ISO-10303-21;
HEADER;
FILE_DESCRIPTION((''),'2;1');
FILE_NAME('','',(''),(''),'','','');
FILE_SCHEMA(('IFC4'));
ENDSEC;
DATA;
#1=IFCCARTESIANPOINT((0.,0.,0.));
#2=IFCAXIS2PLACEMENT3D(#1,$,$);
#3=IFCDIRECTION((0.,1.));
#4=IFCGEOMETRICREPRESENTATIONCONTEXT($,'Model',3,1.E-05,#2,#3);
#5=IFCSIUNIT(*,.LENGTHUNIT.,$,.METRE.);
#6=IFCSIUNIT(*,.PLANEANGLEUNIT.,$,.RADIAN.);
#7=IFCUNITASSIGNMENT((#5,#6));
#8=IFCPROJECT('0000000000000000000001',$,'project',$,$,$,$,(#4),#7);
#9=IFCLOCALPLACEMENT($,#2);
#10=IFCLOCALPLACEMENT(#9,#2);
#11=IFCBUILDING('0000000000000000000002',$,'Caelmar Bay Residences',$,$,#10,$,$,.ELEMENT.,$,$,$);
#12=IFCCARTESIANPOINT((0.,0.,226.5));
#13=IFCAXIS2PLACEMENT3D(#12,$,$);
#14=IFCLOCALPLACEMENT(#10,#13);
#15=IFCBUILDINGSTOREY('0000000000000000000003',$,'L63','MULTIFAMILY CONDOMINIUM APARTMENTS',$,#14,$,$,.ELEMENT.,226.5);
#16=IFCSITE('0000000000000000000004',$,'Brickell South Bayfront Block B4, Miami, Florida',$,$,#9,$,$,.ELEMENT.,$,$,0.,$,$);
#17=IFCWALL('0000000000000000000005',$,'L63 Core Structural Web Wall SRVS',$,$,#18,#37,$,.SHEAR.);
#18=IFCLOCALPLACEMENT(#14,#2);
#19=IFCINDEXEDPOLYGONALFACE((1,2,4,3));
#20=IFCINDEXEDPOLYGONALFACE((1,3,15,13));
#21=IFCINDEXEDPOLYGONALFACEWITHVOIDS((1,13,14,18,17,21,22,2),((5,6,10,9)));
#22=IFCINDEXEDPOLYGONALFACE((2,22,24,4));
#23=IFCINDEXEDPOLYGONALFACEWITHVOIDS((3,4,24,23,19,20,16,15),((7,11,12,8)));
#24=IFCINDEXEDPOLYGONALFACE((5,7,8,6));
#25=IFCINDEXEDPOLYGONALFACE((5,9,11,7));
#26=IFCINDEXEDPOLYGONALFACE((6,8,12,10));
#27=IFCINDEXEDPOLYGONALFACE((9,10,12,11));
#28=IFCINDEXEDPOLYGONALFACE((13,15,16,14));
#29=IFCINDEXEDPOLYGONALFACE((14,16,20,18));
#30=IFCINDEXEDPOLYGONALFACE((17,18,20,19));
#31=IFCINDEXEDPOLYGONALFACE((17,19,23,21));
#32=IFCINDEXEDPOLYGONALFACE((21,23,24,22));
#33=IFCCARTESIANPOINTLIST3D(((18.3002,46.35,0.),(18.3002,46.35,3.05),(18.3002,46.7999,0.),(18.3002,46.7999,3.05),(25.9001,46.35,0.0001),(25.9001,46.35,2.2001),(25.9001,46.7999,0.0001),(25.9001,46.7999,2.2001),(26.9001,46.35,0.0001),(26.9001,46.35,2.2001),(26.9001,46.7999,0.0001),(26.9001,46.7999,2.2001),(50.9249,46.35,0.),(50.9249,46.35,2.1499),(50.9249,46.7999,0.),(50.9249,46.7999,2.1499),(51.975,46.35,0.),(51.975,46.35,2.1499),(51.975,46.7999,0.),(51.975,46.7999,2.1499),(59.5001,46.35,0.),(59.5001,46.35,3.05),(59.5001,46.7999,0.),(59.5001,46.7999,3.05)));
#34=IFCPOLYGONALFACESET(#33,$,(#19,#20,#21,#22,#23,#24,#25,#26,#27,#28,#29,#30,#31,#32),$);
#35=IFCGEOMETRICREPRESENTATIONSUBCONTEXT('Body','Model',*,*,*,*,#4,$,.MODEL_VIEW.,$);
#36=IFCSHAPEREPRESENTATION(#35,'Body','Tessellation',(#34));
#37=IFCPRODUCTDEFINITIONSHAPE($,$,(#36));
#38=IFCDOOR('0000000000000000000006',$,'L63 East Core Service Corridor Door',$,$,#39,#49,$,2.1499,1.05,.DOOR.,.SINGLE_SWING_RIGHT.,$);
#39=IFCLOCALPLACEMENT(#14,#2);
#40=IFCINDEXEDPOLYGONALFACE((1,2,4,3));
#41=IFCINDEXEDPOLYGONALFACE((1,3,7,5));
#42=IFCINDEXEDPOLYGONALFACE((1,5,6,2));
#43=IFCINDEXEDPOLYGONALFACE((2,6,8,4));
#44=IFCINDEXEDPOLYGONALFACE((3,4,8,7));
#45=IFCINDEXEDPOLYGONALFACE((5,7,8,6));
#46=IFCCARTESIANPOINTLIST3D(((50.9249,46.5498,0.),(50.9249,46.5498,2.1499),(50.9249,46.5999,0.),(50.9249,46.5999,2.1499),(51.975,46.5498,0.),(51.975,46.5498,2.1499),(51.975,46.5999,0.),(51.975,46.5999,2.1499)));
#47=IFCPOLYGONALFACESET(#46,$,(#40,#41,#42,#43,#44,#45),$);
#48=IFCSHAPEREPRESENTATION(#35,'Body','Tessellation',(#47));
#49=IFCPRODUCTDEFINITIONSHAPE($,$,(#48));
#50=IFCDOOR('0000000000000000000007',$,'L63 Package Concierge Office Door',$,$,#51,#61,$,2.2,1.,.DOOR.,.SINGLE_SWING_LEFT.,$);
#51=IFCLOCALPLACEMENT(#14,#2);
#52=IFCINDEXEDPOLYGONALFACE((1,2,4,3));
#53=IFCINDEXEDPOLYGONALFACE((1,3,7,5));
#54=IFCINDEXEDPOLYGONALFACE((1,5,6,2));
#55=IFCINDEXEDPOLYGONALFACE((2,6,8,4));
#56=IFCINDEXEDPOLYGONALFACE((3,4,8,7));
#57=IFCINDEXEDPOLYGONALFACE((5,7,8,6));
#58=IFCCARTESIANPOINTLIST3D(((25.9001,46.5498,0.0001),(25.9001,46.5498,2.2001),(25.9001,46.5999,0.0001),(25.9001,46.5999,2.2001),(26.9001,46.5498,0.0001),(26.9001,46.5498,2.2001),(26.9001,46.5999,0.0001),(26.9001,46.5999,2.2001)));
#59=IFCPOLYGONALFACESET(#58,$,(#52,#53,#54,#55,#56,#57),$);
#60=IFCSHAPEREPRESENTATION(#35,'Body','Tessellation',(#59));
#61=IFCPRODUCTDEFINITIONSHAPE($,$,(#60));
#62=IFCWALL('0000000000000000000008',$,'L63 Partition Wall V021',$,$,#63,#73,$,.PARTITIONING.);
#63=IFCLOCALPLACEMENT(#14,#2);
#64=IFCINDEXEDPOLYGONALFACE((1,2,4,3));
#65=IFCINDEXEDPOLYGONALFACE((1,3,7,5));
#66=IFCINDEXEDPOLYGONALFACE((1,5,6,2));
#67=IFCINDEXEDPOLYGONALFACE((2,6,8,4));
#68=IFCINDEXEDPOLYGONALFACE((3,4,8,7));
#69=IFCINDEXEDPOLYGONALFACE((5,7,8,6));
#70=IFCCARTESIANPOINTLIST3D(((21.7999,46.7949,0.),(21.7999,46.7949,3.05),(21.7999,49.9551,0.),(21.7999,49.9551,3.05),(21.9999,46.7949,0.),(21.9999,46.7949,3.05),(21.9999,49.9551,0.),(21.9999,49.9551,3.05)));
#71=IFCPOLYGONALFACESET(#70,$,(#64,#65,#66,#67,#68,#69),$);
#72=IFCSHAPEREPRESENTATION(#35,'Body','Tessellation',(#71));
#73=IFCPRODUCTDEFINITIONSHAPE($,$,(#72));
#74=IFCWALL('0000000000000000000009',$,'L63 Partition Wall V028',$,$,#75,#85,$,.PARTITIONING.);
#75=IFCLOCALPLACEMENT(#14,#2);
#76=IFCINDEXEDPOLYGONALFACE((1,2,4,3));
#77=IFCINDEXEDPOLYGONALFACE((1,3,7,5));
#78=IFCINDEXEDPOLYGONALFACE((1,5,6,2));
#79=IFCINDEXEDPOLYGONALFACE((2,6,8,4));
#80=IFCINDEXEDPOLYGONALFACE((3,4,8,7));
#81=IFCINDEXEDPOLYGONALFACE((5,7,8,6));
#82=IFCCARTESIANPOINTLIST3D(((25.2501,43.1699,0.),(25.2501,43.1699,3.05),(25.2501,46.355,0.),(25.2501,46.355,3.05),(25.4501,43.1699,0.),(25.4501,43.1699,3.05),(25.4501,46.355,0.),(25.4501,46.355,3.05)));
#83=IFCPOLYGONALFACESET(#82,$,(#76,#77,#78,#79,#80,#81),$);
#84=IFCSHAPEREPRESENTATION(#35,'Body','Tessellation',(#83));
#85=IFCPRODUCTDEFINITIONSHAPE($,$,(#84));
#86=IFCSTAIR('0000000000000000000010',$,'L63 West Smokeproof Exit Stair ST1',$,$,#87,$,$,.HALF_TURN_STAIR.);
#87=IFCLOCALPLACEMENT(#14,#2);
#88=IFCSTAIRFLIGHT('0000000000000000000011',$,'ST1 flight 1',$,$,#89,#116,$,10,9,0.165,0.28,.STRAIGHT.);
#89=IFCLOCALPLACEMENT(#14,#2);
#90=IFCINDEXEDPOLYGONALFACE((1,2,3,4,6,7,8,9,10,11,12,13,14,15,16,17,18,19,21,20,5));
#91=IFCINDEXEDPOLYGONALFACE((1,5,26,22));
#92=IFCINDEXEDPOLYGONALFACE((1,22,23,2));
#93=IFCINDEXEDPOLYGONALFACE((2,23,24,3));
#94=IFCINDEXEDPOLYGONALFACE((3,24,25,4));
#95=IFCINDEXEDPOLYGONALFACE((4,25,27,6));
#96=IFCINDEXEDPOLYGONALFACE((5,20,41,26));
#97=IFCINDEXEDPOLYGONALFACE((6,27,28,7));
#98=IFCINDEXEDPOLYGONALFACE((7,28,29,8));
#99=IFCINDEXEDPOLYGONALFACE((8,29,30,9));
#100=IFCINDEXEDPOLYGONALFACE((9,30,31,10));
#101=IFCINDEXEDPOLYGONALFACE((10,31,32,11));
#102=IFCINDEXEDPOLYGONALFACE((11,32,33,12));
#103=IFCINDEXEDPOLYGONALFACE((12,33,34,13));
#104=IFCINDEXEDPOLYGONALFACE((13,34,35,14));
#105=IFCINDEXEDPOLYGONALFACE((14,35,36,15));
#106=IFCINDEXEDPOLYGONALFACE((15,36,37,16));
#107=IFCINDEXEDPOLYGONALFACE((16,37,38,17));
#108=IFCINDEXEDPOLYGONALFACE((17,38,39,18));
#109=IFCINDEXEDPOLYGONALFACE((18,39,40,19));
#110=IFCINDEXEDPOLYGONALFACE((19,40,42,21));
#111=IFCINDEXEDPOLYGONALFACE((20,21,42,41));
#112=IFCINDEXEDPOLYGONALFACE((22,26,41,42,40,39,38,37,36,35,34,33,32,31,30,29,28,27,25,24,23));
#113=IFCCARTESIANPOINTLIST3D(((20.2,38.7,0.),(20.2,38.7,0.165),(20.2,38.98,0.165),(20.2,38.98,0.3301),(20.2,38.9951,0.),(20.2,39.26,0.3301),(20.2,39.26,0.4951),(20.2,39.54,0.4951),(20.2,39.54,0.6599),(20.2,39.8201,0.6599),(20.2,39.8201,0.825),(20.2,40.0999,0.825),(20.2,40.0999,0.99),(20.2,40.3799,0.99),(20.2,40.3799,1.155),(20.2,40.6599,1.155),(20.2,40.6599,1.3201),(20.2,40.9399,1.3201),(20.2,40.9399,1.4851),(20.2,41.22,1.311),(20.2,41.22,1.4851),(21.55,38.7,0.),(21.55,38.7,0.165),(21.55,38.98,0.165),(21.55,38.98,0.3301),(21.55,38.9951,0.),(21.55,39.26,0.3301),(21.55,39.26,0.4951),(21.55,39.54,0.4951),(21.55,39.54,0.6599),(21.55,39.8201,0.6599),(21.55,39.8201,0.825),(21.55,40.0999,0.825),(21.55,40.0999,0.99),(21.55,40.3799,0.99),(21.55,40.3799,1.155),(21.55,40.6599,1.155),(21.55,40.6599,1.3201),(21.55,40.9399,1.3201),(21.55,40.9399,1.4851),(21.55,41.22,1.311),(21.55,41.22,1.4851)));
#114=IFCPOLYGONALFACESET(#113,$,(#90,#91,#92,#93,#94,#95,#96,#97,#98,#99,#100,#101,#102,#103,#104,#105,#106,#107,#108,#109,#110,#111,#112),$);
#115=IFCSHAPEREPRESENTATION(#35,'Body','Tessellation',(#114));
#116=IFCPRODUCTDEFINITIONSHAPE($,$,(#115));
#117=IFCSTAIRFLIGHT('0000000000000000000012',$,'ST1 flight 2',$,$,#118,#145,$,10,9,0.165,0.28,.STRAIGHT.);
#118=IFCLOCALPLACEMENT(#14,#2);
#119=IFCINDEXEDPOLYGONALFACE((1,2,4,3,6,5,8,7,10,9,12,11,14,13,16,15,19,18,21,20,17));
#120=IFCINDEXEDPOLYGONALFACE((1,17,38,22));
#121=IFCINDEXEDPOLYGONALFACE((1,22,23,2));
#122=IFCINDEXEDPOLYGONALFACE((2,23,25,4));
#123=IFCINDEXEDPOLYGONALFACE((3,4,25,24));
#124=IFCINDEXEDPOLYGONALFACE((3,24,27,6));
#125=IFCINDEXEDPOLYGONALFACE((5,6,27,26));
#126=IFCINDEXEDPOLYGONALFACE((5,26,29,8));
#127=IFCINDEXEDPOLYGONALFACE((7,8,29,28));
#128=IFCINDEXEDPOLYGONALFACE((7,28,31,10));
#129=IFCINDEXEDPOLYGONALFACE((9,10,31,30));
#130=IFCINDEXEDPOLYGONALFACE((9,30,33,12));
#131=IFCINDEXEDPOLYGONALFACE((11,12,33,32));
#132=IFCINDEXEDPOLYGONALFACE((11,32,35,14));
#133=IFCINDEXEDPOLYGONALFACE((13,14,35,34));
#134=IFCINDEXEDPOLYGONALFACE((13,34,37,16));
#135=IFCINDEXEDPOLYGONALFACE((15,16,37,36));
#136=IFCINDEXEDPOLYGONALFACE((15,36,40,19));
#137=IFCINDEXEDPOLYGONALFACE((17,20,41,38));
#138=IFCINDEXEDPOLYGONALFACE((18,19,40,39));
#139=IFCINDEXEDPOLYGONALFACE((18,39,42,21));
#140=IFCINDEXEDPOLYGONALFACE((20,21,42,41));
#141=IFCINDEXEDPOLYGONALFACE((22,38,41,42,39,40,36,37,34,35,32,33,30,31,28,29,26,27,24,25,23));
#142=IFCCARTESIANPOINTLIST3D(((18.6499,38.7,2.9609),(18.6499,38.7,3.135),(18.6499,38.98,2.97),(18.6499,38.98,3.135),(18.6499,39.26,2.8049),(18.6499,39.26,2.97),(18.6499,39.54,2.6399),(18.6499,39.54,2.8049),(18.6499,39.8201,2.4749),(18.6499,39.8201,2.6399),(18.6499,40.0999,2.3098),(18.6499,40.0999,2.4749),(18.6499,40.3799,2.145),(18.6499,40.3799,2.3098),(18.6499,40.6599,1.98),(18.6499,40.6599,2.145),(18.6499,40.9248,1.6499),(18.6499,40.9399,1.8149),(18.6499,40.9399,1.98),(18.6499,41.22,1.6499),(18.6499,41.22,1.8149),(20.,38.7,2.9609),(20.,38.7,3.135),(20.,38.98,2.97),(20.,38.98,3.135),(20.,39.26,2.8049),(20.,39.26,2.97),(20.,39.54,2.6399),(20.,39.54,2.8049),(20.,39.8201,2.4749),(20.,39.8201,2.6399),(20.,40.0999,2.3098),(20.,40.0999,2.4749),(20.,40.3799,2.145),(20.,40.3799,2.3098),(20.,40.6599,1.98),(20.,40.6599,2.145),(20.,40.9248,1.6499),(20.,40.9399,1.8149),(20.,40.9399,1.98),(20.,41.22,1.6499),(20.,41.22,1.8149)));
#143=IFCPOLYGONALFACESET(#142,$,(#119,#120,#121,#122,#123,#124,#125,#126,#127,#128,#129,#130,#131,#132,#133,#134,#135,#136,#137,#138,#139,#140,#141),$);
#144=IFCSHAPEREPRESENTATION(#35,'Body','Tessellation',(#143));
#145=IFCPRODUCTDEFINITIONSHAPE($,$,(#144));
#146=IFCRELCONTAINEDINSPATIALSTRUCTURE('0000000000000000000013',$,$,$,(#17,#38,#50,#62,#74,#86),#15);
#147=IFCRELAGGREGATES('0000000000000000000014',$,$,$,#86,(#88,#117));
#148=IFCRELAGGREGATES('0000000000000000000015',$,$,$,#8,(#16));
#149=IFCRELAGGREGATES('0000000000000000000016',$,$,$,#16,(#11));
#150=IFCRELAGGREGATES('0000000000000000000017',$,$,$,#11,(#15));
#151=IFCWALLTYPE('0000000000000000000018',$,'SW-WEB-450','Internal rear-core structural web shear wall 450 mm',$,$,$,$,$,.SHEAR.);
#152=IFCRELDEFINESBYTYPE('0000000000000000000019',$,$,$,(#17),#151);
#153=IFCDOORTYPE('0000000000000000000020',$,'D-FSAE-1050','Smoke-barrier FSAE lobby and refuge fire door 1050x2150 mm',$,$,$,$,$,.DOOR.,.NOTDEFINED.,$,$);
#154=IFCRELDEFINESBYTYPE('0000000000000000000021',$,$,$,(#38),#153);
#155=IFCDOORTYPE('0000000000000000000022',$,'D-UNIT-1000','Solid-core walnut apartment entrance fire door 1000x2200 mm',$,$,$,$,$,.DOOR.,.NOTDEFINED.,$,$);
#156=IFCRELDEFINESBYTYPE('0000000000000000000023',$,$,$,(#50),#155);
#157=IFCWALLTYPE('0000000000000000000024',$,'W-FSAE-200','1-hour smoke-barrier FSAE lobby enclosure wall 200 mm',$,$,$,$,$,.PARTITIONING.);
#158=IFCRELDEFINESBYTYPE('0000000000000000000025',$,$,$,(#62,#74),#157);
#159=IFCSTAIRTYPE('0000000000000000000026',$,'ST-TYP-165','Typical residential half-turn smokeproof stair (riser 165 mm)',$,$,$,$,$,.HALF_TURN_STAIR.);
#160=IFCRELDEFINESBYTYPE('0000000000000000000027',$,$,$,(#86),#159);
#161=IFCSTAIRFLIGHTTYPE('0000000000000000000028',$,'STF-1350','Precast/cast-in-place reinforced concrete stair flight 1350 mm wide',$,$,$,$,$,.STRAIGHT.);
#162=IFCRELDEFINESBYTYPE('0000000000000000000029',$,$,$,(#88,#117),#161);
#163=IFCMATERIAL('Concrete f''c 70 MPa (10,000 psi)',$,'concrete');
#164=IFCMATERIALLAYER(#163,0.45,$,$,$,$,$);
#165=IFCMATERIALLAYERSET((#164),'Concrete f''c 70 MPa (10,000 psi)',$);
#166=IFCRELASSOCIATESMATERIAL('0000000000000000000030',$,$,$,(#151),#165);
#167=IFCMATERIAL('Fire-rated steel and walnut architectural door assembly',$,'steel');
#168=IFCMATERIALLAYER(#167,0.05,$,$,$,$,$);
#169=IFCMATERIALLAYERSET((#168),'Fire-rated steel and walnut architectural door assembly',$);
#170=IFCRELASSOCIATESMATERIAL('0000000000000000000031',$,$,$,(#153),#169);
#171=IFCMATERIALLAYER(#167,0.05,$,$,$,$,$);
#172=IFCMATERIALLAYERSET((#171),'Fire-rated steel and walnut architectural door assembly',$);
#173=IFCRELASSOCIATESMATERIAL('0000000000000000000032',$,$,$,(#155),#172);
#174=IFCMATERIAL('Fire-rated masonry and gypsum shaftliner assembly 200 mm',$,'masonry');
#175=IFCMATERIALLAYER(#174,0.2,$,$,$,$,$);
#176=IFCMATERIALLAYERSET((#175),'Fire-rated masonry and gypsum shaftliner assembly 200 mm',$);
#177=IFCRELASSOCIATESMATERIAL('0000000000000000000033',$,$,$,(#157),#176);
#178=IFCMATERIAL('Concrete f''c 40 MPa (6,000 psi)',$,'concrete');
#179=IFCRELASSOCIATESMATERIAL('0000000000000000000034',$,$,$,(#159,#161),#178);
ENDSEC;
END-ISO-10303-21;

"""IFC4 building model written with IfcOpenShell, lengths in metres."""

from ifc_helpers import new_model, si_unit, direction, frame, frame_2d, origin, place, context, subcontext, project, spatial, polyline, rectangle, outline, extrude, material, layer, layer_set, type_object, element, fill, aggregate, save


model = new_model("IFC4")

# Units and contexts
model_context = context("Model", 3, precision=1e-05, world=origin(), true_north=direction((0.0, 1.0)))
body_context = subcontext(model_context, "Body", "Model", "MODEL_VIEW")
ifc_project = project(units=[si_unit("LENGTHUNIT", "METRE"), si_unit("PLANEANGLEUNIT", "RADIAN")], contexts=[model_context])

# Site, building, storey
site_placement = place(None, origin())
site = spatial("IfcSite", under=ifc_project, at=site_placement, Name="Brickell South Bayfront Block B4, Miami, Florida", CompositionType="ELEMENT", RefElevation=0.0)
building_placement = place(site_placement, origin())
building = spatial("IfcBuilding", under=site, at=building_placement, Name="Caelmar Bay Residences", CompositionType="ELEMENT")
storey_placement = place(building_placement, frame((0.0, 0.0, 226.5)))
storey = spatial("IfcBuildingStorey", under=building, at=storey_placement, Name="L63", Description="MULTIFAMILY CONDOMINIUM APARTMENTS", CompositionType="ELEMENT", Elevation=226.5)

# Shared definitions
ifc_material_1 = material(Name="Fire-rated steel and walnut architectural door assembly", Category="steel")

# Wall, openings, doors
ifc_material_2 = material(Name="Concrete f'c 70 MPa (10,000 psi)", Category="concrete")
ifc_layer_1 = layer(ifc_material_2, 0.45)
ifc_layer_set_1 = layer_set([ifc_layer_1], Name="Concrete f'c 70 MPa (10,000 psi)")
wall_type_1 = type_object("IfcWallType", Name="SW-WEB-450", Description="Internal rear-core structural web shear wall 450 mm", PredefinedType="SHEAR", material=ifc_layer_set_1)
ifc_layer_2 = layer(ifc_material_1, 0.05)
ifc_layer_set_2 = layer_set([ifc_layer_2], Name="Fire-rated steel and walnut architectural door assembly")
door_type_1 = type_object("IfcDoorType", Name="D-FSAE-1050", Description="Smoke-barrier FSAE lobby and refuge fire door 1050x2150 mm", OperationType="NOTDEFINED", PredefinedType="DOOR", material=ifc_layer_set_2)
ifc_layer_3 = layer(ifc_material_1, 0.05)
ifc_layer_set_3 = layer_set([ifc_layer_3], Name="Fire-rated steel and walnut architectural door assembly")
door_type_2 = type_object("IfcDoorType", Name="D-UNIT-1000", Description="Solid-core walnut apartment entrance fire door 1000x2200 mm", OperationType="NOTDEFINED", PredefinedType="DOOR", material=ifc_layer_set_3)
wall_1_placement = place(storey_placement, frame((18.3, 46.575, 0.0), z_axis=(0.0, 0.0, 1.0), x_axis=(1.0, 0.0, 0.0)))
wall_1 = element("IfcWall", 1, at=wall_1_placement, inside=storey, type_object=wall_type_1, Name="L63 Core Structural Web Wall SRVS", PredefinedType="SHEAR", context=body_context, shape_type="SweptSolid", body=[
    extrude(rectangle(XDim=41.2, YDim=0.45, at=frame_2d((20.6001, 0.0))), origin(), (0.0, 0.0, 1.0), 3.05),
])
opening_1_placement = place(wall_1_placement, frame((7.6001, 0.0, 0.0)))
opening_1 = element("IfcOpeningElement", 2, at=opening_1_placement, cuts=wall_1, PredefinedType="OPENING", context=body_context, shape_type="SweptSolid", body=[
    extrude(rectangle(XDim=1.0, YDim=2.2, at=frame_2d((0.5, 1.1001))), frame((0.0, 0.2349, 0.0), z_axis=(0.0, -1.0, 0.0), x_axis=(1.0, 0.0, 0.0)), (0.0, 0.0, 1.0), 0.47),
])
opening_2_placement = place(wall_1_placement, frame((32.625, 0.0, 0.0)))
opening_2 = element("IfcOpeningElement", 3, at=opening_2_placement, cuts=wall_1, PredefinedType="OPENING", context=body_context, shape_type="SweptSolid", body=[
    extrude(rectangle(XDim=1.05, YDim=2.1499, at=frame_2d((0.5249, 1.075))), frame((0.0, 0.2349, 0.0), z_axis=(0.0, -1.0, 0.0), x_axis=(1.0, 0.0, 0.0)), (0.0, 0.0, 1.0), 0.47),
])
door_1_placement = place(opening_2_placement, origin())
door_1 = element("IfcDoor", 4, at=door_1_placement, inside=storey, type_object=door_type_1, Name="L63 East Core Service Corridor Door", OperationType="SINGLE_SWING_RIGHT", OverallHeight=2.1499, OverallWidth=1.05, PredefinedType="DOOR", context=body_context, shape_type="SweptSolid", body=[
    extrude(rectangle(XDim=1.05, YDim=2.1499, at=frame_2d((0.5249, 1.075))), frame((0.0, 0.0249, 0.0), z_axis=(0.0, -1.0, 0.0), x_axis=(1.0, 0.0, 0.0)), (0.0, 0.0, 1.0), 0.05),
])
fill(opening_2, door_1)
door_2_placement = place(opening_1_placement, origin())
door_2 = element("IfcDoor", 5, at=door_2_placement, inside=storey, type_object=door_type_2, Name="L63 Package Concierge Office Door", OperationType="SINGLE_SWING_LEFT", OverallHeight=2.2, OverallWidth=1.0, PredefinedType="DOOR", context=body_context, shape_type="SweptSolid", body=[
    extrude(rectangle(XDim=1.0, YDim=2.2, at=frame_2d((0.5, 1.1001))), frame((0.0, 0.0249, 0.0), z_axis=(0.0, -1.0, 0.0), x_axis=(1.0, 0.0, 0.0)), (0.0, 0.0, 1.0), 0.05),
])
fill(opening_1, door_2)

# Walls
ifc_material_3 = material(Name="Fire-rated masonry and gypsum shaftliner assembly 200 mm", Category="masonry")
ifc_layer_4 = layer(ifc_material_3, 0.2)
ifc_layer_set_4 = layer_set([ifc_layer_4], Name="Fire-rated masonry and gypsum shaftliner assembly 200 mm")
wall_type_2 = type_object("IfcWallType", Name="W-FSAE-200", Description="1-hour smoke-barrier FSAE lobby enclosure wall 200 mm", PredefinedType="PARTITIONING", material=ifc_layer_set_4)
wall_2_placement = place(storey_placement, frame((21.8999, 46.7949, 0.0), z_axis=(0.0, 0.0, 1.0), x_axis=(0.0, 1.0, 0.0)))
element("IfcWall", 6, at=wall_2_placement, inside=storey, type_object=wall_type_2, Name="L63 Partition Wall V021", PredefinedType="PARTITIONING", context=body_context, shape_type="SweptSolid", body=[
    extrude(rectangle(XDim=3.1602, YDim=0.2, at=frame_2d((1.5801, 0.0))), origin(), (0.0, 0.0, 1.0), 3.05),
])
wall_3_placement = place(storey_placement, frame((25.3501, 43.1699, 0.0), z_axis=(0.0, 0.0, 1.0), x_axis=(0.0, 1.0, 0.0)))
element("IfcWall", 7, at=wall_3_placement, inside=storey, type_object=wall_type_2, Name="L63 Partition Wall V028", PredefinedType="PARTITIONING", context=body_context, shape_type="SweptSolid", body=[
    extrude(rectangle(XDim=3.1851, YDim=0.2, at=frame_2d((1.5925, 0.0))), origin(), (0.0, 0.0, 1.0), 3.05),
])

# Stair, stair flights
ifc_material_4 = material(Name="Concrete f'c 40 MPa (6,000 psi)", Category="concrete")
stair_type = type_object("IfcStairType", Name="ST-TYP-165", Description="Typical residential half-turn smokeproof stair (riser 165 mm)", PredefinedType="HALF_TURN_STAIR", material=ifc_material_4)
stair_placement = place(storey_placement, origin())
stair = element("IfcStair", 8, at=stair_placement, inside=storey, type_object=stair_type, Name="L63 West Smokeproof Exit Stair ST1", PredefinedType="HALF_TURN_STAIR")
stair_flight_type = type_object("IfcStairFlightType", Name="STF-1350", Description="Precast/cast-in-place reinforced concrete stair flight 1350 mm wide", PredefinedType="STRAIGHT", material=ifc_material_4)
stair_flight_1_placement = place(storey_placement, frame((20.875, 38.7, 0.0), z_axis=(0.0, 0.0, 1.0), x_axis=(0.0, 1.0, 0.0)))
stair_flight_1 = element("IfcStairFlight", 9, at=stair_flight_1_placement, type_object=stair_flight_type, Name="ST1 flight 1", NumberOfRisers=10, NumberOfTreads=9, PredefinedType="STRAIGHT", RiserHeight=0.165, TreadLength=0.28, context=body_context, shape_type="SweptSolid", body=[
    extrude(outline(polyline([(0.0, 0.0), (0.0, 0.165), (0.28, 0.165), (0.28, 0.3301), (0.5601, 0.3301), (0.5601, 0.4951), (0.8401, 0.4951), (0.8401, 0.6599), (1.1201, 0.6599), (1.1201, 0.825), (1.3999, 0.825), (1.3999, 0.99), (1.6799, 0.99), (1.6799, 1.155), (1.96, 1.155), (1.96, 1.3201), (2.24, 1.3201), (2.24, 1.4851), (2.52, 1.4851), (2.52, 1.6499), (2.52, 1.311), (0.2952, 0.0), (0.0, 0.0)])), frame((0.0, 0.675, 0.0), z_axis=(0.0, -1.0, 0.0), x_axis=(1.0, 0.0, 0.0)), (0.0, 0.0, 1.0), 1.3501),
])
stair_flight_2_placement = place(storey_placement, frame((19.325, 41.22, 1.6499), z_axis=(0.0, 0.0, 1.0), x_axis=(0.0, -1.0, 0.0)))
stair_flight_2 = element("IfcStairFlight", 10, at=stair_flight_2_placement, type_object=stair_flight_type, Name="ST1 flight 2", NumberOfRisers=10, NumberOfTreads=9, PredefinedType="STRAIGHT", RiserHeight=0.165, TreadLength=0.28, context=body_context, shape_type="SweptSolid", body=[
    extrude(outline(polyline([(0.0, 0.0), (0.0, 0.165), (0.28, 0.165), (0.28, 0.3301), (0.5601, 0.3301), (0.5601, 0.4951), (0.8401, 0.4951), (0.8401, 0.6599), (1.1201, 0.6599), (1.1201, 0.825), (1.3999, 0.825), (1.3999, 0.99), (1.6799, 0.99), (1.6799, 1.155), (1.96, 1.155), (1.96, 1.3201), (2.24, 1.3201), (2.24, 1.4851), (2.52, 1.4851), (2.52, 1.6499), (2.52, 1.311), (0.2952, 0.0), (0.0, 0.0)])), frame((0.0, 0.675, 0.0), z_axis=(0.0, -1.0, 0.0), x_axis=(1.0, 0.0, 0.0)), (0.0, 0.0, 1.0), 1.3501),
])
aggregate(stair, [stair_flight_1, stair_flight_2])

save(model, "model.ifc")
